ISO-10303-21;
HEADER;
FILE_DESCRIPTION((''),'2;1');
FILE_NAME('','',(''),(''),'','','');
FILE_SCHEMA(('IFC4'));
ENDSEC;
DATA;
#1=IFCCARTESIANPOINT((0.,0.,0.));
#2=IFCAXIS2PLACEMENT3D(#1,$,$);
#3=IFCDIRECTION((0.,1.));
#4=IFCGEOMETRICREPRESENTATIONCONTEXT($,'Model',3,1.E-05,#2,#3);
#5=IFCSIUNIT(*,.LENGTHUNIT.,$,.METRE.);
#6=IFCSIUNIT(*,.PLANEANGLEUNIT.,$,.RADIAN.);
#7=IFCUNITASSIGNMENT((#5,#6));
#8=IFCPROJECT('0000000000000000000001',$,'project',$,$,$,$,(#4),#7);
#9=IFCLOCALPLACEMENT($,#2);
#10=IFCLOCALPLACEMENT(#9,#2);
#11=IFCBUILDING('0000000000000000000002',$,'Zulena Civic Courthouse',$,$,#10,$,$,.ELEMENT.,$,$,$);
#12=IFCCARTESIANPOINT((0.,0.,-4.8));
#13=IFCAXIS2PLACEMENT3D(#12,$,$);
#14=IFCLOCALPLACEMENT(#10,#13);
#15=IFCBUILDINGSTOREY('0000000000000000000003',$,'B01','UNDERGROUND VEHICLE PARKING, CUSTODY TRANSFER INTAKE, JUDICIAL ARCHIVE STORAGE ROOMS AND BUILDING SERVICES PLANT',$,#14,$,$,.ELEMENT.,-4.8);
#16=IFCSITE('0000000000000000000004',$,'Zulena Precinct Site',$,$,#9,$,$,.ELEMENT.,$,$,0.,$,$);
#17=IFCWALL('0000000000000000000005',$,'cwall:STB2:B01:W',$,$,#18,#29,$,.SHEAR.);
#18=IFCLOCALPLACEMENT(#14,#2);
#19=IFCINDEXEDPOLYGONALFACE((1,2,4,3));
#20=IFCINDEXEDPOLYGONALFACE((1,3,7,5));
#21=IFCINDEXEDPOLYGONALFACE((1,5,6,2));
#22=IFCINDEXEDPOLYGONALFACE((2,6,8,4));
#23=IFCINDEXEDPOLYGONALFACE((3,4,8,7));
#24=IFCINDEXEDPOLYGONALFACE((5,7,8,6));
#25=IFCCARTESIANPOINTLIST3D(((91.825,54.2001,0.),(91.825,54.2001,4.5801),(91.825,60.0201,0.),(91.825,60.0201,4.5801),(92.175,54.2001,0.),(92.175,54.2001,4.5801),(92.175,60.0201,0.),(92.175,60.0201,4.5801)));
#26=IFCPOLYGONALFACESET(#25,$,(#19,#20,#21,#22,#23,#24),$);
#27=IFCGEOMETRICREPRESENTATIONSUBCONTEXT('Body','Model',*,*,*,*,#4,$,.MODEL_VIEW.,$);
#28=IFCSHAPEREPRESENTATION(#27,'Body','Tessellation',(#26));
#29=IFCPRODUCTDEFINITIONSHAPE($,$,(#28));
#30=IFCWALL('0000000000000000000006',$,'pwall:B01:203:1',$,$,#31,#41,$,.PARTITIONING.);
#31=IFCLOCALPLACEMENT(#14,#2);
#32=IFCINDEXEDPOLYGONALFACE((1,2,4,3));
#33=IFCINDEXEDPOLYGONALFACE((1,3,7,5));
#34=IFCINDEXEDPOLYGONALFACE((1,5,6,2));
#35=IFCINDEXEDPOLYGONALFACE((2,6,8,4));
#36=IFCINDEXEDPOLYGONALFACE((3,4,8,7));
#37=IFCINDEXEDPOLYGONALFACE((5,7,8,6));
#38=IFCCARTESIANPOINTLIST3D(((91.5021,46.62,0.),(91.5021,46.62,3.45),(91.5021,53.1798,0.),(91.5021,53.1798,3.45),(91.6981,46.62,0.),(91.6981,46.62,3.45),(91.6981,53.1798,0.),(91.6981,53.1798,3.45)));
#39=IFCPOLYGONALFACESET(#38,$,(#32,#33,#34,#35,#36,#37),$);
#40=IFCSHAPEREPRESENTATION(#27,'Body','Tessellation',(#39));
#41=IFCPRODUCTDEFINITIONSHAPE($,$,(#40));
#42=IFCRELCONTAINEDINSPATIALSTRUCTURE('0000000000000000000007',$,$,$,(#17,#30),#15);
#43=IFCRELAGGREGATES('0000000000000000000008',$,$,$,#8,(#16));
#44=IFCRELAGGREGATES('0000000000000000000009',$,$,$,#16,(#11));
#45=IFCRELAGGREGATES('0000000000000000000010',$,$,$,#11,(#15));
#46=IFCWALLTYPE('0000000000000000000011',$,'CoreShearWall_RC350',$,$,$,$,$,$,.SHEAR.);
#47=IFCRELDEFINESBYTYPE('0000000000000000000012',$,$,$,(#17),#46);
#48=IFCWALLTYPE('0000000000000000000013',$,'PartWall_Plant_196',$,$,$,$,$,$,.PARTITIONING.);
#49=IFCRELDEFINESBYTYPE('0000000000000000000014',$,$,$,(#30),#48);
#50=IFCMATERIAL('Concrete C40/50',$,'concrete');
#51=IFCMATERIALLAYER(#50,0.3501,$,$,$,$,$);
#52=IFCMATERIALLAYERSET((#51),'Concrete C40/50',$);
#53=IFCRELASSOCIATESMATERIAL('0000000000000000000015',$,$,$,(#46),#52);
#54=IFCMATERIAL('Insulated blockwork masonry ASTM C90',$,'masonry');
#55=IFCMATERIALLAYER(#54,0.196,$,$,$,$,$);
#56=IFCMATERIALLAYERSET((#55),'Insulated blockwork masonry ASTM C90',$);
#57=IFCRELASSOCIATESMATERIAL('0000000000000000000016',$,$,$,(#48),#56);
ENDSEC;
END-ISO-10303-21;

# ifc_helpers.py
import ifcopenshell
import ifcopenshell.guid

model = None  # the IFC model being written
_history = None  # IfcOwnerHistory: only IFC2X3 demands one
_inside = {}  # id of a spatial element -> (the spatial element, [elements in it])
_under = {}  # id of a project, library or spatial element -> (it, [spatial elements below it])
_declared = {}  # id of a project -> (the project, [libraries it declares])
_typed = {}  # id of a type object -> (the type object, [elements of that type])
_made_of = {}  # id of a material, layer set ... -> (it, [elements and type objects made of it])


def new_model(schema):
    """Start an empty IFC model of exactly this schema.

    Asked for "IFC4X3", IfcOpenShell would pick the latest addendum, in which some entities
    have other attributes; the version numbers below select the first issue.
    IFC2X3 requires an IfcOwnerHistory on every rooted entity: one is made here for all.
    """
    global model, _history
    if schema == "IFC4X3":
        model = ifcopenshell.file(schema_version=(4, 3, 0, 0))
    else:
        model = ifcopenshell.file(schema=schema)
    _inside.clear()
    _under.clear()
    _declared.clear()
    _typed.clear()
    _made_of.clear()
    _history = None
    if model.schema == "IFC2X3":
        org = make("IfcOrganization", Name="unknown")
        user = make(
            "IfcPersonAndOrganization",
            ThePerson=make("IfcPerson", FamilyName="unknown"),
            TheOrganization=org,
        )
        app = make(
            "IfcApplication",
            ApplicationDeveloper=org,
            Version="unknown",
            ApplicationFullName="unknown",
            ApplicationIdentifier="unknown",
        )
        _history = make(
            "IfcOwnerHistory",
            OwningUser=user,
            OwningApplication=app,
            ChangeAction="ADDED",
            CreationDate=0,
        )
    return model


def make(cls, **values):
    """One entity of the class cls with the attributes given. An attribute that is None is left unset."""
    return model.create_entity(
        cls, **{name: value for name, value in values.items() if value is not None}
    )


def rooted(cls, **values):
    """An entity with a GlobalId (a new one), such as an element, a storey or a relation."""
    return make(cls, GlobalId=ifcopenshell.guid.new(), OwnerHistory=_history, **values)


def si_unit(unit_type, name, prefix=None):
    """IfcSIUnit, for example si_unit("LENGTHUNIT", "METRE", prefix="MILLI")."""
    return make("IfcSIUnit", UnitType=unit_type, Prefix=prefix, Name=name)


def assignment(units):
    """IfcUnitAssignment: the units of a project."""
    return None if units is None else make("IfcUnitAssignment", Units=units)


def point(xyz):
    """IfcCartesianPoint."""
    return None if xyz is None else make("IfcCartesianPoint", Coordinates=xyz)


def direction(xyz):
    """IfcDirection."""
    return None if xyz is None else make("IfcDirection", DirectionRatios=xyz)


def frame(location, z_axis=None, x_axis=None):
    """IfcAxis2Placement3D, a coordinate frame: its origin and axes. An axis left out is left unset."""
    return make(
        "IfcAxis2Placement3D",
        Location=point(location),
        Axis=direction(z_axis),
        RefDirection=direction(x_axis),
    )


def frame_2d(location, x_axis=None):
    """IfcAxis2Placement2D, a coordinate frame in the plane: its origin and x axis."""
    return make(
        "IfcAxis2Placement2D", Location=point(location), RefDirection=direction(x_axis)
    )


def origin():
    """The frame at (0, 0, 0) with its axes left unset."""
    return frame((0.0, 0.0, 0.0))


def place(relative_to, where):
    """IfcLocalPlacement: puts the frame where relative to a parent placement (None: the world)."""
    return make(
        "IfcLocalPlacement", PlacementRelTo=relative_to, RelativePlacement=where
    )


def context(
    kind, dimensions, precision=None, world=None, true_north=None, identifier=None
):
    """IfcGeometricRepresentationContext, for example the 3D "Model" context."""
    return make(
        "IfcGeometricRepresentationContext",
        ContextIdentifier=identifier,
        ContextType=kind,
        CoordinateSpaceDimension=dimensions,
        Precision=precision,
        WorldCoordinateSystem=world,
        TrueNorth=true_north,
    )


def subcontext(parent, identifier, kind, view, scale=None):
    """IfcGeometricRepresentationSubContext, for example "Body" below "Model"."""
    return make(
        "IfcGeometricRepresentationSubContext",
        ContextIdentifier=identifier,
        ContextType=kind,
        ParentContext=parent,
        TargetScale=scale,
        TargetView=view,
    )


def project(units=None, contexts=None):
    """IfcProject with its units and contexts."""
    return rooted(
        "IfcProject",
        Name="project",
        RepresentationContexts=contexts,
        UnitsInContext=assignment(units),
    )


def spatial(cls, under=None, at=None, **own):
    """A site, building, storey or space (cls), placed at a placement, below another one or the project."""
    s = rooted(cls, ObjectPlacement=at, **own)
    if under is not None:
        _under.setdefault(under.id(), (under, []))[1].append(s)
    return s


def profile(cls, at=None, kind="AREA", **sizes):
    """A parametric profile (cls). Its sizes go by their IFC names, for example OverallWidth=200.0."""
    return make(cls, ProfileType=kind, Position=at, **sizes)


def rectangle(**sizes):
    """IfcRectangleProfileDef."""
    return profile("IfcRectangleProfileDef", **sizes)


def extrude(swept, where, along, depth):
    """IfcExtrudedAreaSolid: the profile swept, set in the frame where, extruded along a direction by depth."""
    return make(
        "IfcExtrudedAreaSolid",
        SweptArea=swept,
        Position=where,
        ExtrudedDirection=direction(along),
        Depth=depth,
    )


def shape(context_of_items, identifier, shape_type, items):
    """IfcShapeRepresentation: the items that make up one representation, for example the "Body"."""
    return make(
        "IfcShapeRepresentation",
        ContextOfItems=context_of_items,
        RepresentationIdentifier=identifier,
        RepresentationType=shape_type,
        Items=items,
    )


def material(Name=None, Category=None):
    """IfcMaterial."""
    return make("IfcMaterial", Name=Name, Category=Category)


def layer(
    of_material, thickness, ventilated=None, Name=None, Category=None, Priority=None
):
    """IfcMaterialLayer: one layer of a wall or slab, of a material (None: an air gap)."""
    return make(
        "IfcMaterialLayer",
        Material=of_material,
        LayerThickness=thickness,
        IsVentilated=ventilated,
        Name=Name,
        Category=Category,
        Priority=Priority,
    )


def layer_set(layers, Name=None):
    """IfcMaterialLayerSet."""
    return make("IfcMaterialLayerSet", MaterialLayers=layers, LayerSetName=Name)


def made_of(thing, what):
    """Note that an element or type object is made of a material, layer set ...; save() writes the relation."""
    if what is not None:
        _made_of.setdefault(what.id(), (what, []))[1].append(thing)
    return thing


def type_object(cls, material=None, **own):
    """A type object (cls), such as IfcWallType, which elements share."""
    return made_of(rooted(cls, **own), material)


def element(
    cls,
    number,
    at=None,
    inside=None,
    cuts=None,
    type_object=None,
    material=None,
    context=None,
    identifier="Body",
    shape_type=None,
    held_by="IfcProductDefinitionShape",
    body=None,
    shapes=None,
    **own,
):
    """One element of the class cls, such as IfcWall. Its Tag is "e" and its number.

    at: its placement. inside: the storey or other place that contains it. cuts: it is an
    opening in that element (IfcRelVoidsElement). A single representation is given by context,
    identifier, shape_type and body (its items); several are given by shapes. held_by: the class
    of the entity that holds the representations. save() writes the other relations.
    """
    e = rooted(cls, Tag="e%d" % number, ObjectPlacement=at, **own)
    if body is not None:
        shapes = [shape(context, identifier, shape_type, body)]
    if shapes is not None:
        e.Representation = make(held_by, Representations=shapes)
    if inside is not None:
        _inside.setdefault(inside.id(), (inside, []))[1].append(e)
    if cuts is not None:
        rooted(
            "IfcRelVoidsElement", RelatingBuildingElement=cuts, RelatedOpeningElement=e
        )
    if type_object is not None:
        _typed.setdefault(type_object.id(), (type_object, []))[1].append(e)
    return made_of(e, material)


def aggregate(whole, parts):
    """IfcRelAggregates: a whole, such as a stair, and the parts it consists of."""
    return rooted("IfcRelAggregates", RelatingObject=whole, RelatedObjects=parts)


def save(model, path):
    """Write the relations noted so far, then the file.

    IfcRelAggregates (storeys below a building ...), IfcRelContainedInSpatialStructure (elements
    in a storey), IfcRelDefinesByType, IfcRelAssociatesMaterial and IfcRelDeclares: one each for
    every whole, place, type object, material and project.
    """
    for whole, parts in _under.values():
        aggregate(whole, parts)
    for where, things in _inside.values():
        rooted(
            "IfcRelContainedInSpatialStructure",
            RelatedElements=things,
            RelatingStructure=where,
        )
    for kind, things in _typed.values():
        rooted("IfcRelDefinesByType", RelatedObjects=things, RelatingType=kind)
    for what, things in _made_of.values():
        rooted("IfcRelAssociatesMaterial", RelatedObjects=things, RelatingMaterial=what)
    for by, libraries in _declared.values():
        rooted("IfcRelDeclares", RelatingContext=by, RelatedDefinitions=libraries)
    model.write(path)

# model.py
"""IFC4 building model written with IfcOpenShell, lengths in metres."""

from ifc_helpers import new_model, si_unit, direction, frame, frame_2d, origin, place, context, subcontext, project, spatial, rectangle, extrude, material, layer, layer_set, type_object, element, save


model = new_model("IFC4")

# Units and contexts
model_context = context("Model", 3, precision=1e-05, world=origin(), true_north=direction((0.0, 1.0)))
body_context = subcontext(model_context, "Body", "Model", "MODEL_VIEW")
ifc_project = project(units=[si_unit("LENGTHUNIT", "METRE"), si_unit("PLANEANGLEUNIT", "RADIAN")], contexts=[model_context])

# Site, building, storey
site_placement = place(None, origin())
site = spatial("IfcSite", under=ifc_project, at=site_placement, Name="Zulena Precinct Site", CompositionType="ELEMENT", RefElevation=0.0)
building_placement = place(site_placement, origin())
building = spatial("IfcBuilding", under=site, at=building_placement, Name="Zulena Civic Courthouse", CompositionType="ELEMENT")
storey_placement = place(building_placement, frame((0.0, 0.0, -4.8)))
storey = spatial("IfcBuildingStorey", under=building, at=storey_placement, Name="B01", Description="UNDERGROUND VEHICLE PARKING, CUSTODY TRANSFER INTAKE, JUDICIAL ARCHIVE STORAGE ROOMS AND BUILDING SERVICES PLANT", CompositionType="ELEMENT", Elevation=-4.8)

# Shared definitions
ifc_material_1 = material(Name="Concrete C40/50", Category="concrete")

# Walls
ifc_layer_1 = layer(ifc_material_1, 0.3501)
ifc_layer_set_1 = layer_set([ifc_layer_1], Name="Concrete C40/50")
wall_type_1 = type_object("IfcWallType", Name="CoreShearWall_RC350", PredefinedType="SHEAR", material=ifc_layer_set_1)
wall_1_placement = place(storey_placement, frame((92.0, 54.2, 0.0), z_axis=(0.0, 0.0, 1.0), x_axis=(0.0, 1.0, 0.0)))
element("IfcWall", 1, at=wall_1_placement, inside=storey, type_object=wall_type_1, Name="cwall:STB2:B01:W", PredefinedType="SHEAR", context=body_context, shape_type="SweptSolid", body=[
    extrude(rectangle(XDim=5.8201, YDim=0.3501, at=frame_2d((2.9102, 0.0))), origin(), (0.0, 0.0, 1.0), 4.5801),
])
ifc_material_2 = material(Name="Insulated blockwork masonry ASTM C90", Category="masonry")
ifc_layer_2 = layer(ifc_material_2, 0.196)
ifc_layer_set_2 = layer_set([ifc_layer_2], Name="Insulated blockwork masonry ASTM C90")
wall_type_2 = type_object("IfcWallType", Name="PartWall_Plant_196", PredefinedType="PARTITIONING", material=ifc_layer_set_2)
wall_2_placement = place(storey_placement, frame((91.6001, 46.6201, 0.0), z_axis=(0.0, 0.0, 1.0), x_axis=(0.0, 1.0, 0.0)))
element("IfcWall", 2, at=wall_2_placement, inside=storey, type_object=wall_type_2, Name="pwall:B01:203:1", PredefinedType="PARTITIONING", context=body_context, shape_type="SweptSolid", body=[
    extrude(rectangle(XDim=6.5598, YDim=0.196, at=frame_2d((3.2798, 0.0))), origin(), (0.0, 0.0, 1.0), 3.45),
])

save(model, "model.ifc")
